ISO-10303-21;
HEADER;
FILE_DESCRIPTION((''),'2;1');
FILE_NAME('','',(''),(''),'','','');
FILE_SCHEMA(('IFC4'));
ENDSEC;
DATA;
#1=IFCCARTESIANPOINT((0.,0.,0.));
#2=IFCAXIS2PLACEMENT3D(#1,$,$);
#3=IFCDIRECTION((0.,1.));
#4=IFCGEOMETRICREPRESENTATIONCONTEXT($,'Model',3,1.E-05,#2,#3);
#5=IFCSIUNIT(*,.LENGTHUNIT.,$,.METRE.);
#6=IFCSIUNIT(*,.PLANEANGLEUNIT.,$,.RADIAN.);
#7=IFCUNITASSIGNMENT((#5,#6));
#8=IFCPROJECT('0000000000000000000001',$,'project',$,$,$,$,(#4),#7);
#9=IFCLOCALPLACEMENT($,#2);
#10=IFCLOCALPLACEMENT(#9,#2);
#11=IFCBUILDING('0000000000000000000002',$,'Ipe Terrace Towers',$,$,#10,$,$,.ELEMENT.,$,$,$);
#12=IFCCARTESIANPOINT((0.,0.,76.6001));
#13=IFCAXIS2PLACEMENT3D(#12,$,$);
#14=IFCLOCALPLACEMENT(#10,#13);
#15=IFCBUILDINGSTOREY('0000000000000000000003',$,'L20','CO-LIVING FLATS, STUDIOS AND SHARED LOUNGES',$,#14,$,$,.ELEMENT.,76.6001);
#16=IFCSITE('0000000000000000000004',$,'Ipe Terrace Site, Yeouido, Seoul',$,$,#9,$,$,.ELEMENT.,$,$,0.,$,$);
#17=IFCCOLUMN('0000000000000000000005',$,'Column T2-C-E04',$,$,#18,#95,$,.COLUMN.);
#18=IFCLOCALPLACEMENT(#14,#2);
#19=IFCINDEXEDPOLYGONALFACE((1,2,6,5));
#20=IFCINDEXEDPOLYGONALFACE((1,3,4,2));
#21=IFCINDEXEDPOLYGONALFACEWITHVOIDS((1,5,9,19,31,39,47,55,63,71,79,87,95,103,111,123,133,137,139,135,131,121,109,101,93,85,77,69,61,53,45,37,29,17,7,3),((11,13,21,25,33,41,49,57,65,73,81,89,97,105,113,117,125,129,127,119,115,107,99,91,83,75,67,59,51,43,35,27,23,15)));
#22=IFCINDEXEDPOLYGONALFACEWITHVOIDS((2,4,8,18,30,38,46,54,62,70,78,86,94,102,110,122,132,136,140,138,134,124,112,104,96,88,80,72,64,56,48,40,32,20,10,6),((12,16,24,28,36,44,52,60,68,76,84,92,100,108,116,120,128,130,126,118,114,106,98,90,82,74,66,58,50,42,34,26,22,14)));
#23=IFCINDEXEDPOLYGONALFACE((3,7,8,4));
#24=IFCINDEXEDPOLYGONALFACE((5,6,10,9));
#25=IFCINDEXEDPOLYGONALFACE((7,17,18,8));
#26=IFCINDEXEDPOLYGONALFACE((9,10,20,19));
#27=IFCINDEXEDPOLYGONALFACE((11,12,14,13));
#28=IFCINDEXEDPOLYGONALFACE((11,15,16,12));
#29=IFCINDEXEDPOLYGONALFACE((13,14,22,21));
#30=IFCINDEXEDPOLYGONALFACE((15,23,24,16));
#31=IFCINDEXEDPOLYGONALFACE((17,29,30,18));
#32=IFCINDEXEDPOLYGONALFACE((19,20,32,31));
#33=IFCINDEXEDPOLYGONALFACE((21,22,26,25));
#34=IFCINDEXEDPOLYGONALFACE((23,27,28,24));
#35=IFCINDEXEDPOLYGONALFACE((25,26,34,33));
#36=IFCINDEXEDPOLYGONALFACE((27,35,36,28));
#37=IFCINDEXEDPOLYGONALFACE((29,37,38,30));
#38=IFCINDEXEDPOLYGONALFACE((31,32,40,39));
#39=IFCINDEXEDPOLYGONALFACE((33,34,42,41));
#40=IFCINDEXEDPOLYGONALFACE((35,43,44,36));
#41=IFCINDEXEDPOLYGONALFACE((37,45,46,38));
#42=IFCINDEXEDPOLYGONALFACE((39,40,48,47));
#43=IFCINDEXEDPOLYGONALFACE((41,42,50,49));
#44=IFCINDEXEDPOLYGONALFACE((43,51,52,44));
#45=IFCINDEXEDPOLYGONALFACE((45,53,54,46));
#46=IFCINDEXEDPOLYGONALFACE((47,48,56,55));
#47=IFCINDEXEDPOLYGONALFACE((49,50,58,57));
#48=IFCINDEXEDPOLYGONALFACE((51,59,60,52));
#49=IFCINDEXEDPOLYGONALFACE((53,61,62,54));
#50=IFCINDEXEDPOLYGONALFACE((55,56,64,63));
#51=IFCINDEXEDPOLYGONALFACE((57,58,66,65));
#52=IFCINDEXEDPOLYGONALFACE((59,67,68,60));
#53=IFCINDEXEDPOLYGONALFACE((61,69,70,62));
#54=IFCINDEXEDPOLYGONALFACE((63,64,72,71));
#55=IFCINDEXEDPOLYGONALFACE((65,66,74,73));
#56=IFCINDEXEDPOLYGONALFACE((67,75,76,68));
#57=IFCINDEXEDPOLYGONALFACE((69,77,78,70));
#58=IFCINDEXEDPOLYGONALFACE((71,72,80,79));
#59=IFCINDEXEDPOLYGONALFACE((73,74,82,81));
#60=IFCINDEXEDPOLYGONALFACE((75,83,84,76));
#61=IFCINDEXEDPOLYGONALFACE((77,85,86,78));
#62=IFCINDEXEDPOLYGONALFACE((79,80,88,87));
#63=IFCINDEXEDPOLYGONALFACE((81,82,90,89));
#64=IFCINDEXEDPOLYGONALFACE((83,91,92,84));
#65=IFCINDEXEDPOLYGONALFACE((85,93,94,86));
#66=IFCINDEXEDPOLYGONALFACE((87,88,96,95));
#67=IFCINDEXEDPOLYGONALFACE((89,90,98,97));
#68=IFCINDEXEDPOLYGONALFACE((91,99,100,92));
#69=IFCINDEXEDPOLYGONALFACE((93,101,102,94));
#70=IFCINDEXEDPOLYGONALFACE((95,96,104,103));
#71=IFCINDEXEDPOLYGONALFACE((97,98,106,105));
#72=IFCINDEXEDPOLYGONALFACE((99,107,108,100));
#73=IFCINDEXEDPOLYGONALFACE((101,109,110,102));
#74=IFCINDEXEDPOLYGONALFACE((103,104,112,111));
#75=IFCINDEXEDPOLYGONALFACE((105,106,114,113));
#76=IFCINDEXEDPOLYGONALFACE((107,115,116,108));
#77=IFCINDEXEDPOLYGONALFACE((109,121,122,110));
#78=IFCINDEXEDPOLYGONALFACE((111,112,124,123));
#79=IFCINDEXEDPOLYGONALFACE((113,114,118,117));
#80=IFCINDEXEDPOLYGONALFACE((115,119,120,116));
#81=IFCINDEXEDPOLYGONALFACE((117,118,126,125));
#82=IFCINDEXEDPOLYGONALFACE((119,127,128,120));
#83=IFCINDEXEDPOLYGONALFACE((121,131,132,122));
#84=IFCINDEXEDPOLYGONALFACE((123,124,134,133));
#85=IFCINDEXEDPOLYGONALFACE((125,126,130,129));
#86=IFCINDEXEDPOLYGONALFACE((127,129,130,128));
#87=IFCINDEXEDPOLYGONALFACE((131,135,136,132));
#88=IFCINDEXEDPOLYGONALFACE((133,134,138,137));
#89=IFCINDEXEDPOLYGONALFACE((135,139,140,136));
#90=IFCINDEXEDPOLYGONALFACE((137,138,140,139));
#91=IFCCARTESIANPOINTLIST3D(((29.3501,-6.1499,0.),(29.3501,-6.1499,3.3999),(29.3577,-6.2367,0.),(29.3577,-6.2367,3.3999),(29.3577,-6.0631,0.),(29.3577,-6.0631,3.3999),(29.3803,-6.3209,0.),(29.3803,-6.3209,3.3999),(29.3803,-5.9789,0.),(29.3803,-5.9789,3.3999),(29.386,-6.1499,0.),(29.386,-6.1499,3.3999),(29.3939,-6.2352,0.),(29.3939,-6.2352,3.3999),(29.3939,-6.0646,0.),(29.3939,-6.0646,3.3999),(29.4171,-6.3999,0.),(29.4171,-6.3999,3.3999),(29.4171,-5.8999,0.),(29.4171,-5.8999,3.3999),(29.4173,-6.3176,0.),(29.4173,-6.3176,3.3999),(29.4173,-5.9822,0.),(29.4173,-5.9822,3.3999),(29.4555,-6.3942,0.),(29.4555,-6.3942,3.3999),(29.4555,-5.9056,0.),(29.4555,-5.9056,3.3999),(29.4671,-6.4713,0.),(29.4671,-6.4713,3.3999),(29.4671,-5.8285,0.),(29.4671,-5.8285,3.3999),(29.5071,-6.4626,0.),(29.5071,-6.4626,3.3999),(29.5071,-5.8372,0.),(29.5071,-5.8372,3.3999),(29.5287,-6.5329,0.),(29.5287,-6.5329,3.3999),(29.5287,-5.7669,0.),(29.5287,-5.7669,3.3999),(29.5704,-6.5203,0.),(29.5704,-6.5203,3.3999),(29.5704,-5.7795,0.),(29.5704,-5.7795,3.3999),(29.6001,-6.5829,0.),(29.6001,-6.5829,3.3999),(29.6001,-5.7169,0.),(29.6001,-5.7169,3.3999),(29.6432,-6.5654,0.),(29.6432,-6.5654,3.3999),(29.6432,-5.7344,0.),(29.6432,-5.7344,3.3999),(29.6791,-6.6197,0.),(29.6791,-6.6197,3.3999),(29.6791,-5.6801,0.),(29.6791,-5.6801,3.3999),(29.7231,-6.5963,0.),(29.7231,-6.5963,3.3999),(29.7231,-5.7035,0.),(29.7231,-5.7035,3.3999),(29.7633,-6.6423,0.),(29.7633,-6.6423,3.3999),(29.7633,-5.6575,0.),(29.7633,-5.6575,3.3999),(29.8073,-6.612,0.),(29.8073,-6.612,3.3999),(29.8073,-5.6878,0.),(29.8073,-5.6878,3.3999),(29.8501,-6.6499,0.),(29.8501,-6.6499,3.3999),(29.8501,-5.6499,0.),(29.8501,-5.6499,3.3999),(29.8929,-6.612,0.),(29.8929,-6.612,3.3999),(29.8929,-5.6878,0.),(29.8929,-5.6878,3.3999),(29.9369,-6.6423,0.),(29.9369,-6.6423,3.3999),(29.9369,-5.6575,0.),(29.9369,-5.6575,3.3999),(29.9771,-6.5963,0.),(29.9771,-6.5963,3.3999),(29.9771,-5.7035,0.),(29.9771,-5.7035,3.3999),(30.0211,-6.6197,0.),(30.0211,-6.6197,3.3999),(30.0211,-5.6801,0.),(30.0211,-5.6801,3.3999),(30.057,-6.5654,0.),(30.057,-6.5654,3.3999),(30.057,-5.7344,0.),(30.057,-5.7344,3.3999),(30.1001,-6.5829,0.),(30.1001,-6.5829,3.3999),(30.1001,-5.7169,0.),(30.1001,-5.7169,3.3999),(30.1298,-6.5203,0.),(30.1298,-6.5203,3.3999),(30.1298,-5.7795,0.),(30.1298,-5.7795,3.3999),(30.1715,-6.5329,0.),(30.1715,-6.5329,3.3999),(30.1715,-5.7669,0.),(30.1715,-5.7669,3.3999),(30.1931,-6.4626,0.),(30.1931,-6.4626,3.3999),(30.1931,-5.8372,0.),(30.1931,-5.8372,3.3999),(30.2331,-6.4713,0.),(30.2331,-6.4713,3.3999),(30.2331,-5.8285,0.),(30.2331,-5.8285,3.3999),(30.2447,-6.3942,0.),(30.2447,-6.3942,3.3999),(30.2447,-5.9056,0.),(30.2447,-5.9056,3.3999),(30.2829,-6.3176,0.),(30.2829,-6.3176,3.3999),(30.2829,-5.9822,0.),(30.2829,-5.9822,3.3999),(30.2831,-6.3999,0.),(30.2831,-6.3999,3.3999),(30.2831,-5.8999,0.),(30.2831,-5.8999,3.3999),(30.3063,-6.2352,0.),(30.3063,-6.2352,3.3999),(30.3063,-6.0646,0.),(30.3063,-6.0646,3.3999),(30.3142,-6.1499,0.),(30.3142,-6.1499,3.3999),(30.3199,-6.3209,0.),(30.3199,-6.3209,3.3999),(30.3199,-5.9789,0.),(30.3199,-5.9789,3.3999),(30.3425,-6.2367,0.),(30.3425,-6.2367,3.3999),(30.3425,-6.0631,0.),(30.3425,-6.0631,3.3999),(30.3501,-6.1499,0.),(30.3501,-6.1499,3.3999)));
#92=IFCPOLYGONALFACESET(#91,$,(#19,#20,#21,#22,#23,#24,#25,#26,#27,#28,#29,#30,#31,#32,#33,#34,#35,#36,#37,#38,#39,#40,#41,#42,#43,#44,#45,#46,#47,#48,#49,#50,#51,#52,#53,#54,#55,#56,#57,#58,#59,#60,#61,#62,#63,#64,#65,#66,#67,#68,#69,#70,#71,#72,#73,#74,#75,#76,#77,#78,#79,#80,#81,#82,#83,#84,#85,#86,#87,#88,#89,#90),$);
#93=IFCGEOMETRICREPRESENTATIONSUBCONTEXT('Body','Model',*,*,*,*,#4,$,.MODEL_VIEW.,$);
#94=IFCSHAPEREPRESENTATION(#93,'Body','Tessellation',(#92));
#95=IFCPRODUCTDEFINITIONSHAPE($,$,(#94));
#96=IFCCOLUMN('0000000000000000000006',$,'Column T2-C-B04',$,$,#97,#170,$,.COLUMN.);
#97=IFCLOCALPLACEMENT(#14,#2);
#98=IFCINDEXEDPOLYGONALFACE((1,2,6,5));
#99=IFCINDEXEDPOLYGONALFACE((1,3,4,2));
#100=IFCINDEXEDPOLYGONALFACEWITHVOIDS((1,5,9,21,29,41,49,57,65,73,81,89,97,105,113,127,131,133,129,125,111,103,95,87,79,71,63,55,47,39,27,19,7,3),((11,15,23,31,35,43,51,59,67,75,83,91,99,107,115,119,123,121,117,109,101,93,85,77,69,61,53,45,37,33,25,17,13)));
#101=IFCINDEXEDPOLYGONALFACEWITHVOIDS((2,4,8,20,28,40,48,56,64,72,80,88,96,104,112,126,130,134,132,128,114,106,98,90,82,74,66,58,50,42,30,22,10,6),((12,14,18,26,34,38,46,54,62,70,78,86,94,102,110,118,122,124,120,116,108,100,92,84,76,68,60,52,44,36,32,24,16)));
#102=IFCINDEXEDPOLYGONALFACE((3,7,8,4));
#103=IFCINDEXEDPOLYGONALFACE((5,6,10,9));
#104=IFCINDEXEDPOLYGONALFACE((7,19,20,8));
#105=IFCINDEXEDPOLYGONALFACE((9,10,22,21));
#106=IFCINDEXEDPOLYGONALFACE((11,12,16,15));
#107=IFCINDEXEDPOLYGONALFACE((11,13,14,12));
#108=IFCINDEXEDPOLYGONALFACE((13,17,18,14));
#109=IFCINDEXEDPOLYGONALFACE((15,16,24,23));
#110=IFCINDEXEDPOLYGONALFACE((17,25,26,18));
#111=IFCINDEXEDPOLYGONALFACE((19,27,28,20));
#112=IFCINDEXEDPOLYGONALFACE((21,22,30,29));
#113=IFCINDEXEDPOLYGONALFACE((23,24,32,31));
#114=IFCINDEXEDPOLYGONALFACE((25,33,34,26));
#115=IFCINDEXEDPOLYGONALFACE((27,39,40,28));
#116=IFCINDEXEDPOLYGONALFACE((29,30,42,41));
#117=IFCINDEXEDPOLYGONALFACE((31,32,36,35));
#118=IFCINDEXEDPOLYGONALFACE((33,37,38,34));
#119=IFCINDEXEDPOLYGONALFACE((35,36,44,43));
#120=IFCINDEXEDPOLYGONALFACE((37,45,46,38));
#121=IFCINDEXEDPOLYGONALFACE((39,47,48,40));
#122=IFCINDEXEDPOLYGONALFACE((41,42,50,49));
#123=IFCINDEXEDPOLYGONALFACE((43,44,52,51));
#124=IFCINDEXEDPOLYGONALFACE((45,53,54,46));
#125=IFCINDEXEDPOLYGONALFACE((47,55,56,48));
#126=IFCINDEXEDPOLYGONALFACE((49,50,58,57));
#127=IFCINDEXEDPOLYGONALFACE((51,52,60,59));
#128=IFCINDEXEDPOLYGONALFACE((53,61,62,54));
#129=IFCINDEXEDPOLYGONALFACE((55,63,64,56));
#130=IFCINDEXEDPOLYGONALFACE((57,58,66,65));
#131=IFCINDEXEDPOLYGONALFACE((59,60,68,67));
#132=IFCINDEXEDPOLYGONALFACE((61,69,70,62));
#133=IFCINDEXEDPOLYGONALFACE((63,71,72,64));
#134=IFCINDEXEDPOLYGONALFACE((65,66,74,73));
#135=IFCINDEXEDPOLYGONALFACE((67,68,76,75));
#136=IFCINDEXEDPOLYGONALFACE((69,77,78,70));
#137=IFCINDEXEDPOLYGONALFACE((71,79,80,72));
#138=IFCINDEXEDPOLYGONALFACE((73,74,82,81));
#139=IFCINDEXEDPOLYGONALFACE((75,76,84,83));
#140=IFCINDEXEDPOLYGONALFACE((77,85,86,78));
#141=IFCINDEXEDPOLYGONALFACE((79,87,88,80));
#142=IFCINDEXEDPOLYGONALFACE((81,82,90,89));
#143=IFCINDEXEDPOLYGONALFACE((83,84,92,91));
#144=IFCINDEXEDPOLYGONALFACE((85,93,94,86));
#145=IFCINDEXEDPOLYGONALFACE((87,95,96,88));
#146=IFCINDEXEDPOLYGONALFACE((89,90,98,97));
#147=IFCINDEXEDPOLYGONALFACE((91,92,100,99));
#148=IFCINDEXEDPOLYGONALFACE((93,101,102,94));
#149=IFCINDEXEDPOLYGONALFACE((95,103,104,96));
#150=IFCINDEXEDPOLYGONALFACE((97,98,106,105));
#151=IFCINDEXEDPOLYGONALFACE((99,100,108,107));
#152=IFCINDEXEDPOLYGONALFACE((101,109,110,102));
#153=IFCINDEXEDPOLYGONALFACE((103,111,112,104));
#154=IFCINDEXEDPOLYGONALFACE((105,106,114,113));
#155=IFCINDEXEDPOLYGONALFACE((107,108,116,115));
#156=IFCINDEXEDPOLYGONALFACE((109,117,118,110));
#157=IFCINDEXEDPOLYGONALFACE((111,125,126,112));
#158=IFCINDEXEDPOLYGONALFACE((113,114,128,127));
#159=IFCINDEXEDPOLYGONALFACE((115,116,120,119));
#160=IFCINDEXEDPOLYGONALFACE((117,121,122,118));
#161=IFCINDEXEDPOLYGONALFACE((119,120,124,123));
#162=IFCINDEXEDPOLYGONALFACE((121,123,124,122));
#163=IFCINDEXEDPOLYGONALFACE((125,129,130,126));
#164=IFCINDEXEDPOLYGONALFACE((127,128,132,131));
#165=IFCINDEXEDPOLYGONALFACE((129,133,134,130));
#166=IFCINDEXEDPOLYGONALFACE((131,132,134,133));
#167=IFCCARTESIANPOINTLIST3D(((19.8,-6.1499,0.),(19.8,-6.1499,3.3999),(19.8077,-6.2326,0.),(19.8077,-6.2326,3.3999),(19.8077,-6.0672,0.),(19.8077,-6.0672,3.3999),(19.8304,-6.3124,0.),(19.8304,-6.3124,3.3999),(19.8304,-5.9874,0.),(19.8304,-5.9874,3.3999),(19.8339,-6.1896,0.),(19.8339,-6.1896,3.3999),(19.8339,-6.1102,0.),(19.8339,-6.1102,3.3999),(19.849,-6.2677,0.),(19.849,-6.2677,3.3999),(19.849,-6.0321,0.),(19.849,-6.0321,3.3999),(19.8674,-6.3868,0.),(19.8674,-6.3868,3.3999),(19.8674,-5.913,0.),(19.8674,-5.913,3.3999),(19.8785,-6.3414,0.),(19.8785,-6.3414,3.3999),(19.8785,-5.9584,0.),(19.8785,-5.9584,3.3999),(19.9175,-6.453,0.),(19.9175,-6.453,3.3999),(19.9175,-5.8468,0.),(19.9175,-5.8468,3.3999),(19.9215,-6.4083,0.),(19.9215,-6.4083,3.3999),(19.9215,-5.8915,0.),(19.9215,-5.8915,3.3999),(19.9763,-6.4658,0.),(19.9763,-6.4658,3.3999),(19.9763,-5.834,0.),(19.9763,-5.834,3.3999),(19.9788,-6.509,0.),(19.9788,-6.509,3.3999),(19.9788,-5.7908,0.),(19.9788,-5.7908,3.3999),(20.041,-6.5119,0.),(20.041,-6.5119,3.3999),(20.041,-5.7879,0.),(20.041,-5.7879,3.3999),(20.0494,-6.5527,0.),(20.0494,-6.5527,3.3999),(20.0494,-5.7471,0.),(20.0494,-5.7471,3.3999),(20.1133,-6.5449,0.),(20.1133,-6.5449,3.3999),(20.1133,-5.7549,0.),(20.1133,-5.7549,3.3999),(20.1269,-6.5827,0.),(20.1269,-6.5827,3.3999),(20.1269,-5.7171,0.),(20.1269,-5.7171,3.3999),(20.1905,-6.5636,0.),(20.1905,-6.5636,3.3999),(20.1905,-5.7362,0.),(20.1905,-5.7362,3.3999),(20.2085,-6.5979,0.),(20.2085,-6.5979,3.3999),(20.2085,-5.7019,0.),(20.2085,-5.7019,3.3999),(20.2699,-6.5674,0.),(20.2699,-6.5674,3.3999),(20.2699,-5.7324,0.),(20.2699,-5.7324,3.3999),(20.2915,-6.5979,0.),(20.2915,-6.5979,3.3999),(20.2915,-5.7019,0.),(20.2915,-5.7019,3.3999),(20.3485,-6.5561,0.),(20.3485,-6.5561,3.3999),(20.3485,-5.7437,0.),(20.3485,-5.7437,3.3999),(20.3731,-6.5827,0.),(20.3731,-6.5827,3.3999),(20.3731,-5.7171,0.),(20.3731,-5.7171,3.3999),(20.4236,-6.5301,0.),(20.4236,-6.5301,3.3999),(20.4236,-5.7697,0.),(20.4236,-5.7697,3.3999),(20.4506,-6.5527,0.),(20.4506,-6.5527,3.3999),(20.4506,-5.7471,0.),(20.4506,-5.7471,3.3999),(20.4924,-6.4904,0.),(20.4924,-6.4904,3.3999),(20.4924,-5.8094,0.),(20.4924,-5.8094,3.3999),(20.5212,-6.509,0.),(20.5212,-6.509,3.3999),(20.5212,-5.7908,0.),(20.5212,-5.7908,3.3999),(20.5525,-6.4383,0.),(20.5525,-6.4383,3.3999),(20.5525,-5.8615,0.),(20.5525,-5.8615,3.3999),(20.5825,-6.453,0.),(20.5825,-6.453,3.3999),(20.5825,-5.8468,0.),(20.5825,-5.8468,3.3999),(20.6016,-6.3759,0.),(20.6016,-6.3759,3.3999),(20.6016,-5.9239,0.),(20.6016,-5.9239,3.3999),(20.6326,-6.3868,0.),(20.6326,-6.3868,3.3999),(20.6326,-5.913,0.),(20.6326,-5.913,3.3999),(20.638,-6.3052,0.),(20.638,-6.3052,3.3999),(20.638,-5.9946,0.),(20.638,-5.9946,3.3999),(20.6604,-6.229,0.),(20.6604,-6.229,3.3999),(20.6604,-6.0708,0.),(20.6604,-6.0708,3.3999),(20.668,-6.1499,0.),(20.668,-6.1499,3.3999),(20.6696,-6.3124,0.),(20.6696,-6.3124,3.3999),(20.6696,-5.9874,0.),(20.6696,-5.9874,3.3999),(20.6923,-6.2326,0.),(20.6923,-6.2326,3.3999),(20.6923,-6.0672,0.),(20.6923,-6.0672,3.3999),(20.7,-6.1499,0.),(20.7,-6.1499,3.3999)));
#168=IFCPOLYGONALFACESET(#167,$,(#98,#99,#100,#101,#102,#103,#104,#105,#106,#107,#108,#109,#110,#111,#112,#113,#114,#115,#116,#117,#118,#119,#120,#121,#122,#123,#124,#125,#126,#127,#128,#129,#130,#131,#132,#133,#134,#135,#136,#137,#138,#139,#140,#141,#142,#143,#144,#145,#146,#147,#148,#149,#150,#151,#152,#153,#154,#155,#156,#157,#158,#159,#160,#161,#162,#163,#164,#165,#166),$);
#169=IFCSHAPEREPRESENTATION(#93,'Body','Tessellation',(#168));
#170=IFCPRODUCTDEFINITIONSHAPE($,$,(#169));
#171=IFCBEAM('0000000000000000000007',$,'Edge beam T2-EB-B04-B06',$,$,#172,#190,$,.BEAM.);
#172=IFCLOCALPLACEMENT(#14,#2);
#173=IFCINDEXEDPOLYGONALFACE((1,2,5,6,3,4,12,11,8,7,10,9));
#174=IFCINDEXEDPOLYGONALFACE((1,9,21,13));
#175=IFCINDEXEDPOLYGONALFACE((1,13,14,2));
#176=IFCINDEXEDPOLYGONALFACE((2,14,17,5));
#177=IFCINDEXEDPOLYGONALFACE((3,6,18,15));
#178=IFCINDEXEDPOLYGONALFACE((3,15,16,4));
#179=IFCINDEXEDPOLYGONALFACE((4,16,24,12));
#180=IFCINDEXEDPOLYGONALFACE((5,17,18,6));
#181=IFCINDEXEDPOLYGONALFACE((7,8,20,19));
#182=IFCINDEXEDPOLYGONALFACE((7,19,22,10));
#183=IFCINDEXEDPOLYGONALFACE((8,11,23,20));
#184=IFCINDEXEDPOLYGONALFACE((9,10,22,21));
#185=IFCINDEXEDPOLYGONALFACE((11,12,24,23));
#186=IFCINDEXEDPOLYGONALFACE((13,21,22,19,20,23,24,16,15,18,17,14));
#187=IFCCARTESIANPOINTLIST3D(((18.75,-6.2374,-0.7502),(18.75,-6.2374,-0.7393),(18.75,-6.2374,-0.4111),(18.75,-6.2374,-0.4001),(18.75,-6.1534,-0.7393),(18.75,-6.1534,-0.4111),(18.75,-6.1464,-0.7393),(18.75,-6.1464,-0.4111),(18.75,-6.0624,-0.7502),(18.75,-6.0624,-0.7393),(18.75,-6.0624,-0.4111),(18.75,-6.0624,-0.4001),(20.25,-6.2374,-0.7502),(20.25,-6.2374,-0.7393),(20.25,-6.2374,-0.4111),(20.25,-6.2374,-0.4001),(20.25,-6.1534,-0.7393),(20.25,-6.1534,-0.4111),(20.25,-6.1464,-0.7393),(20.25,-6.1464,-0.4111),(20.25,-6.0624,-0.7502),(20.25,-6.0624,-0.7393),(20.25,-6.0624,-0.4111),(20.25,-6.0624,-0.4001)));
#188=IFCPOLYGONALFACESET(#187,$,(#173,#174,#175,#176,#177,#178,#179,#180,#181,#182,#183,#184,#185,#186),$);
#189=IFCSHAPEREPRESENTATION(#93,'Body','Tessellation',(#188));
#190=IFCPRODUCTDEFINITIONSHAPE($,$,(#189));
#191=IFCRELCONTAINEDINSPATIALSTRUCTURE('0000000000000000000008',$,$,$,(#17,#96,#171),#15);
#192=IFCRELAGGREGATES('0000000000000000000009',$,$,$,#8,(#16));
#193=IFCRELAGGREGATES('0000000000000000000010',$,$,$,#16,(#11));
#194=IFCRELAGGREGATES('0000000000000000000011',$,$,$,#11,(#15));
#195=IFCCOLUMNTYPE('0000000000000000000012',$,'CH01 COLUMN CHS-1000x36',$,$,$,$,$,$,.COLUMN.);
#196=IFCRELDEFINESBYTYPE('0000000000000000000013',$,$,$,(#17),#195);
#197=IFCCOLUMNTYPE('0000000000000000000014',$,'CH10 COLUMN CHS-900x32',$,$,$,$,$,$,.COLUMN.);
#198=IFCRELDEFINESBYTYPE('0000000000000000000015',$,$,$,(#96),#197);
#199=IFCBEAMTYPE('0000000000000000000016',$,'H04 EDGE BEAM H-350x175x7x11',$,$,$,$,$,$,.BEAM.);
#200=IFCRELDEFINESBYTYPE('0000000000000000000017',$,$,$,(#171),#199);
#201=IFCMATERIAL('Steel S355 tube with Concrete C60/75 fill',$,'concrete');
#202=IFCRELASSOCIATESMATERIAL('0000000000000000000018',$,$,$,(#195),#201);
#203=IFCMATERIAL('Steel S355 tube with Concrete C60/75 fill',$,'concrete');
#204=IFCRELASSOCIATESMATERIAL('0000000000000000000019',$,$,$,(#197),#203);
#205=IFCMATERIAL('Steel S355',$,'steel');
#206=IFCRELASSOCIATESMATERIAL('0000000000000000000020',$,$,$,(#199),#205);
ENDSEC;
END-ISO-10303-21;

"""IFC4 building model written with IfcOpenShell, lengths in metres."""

from ifc_helpers import new_model, si_unit, direction, frame, origin, origin_2d, place, context, subcontext, project, spatial, hollow_circle, i_section, extrude, material, material_profile, profile_set, type_object, element, save


model = new_model("IFC4")

# Units and contexts
model_context = context("Model", 3, precision=1e-05, world=origin(), true_north=direction((0.0, 1.0)))
body_context = subcontext(model_context, "Body", "Model", "MODEL_VIEW")
ifc_project = project(units=[si_unit("LENGTHUNIT", "METRE"), si_unit("PLANEANGLEUNIT", "RADIAN")], contexts=[model_context])

# Site, building, storey
site_placement = place(None, origin())
site = spatial("IfcSite", under=ifc_project, at=site_placement, Name="Ipe Terrace Site, Yeouido, Seoul", CompositionType="ELEMENT", RefElevation=0.0)
building_placement = place(site_placement, origin())
building = spatial("IfcBuilding", under=site, at=building_placement, Name="Ipe Terrace Towers", CompositionType="ELEMENT")
storey_placement = place(building_placement, frame((0.0, 0.0, 76.6001)))
storey = spatial("IfcBuildingStorey", under=building, at=storey_placement, Name="L20", Description="CO-LIVING FLATS, STUDIOS AND SHARED LOUNGES", CompositionType="ELEMENT", Elevation=76.6001)

# Columns
ifc_material_1 = material(Name="Steel S355 tube with Concrete C60/75 fill", Category="concrete")
ifc_material_profile_1 = material_profile(ifc_material_1, hollow_circle(Radius=0.5, WallThickness=0.0359, at=origin_2d()), Name="CHS-1000x36")
ifc_profile_set_1 = profile_set([ifc_material_profile_1], Name="Steel S355 tube with Concrete C60/75 fill")
column_type_1 = type_object("IfcColumnType", Name="CH01 COLUMN CHS-1000x36", PredefinedType="COLUMN", material=ifc_profile_set_1)
column_1_placement = place(storey_placement, frame((29.8501, -6.1499, 0.0), z_axis=(0.0, 0.0, 1.0), x_axis=(1.0, 0.0, 0.0)))
element("IfcColumn", 1, at=column_1_placement, inside=storey, type_object=column_type_1, Name="Column T2-C-E04", PredefinedType="COLUMN", context=body_context, shape_type="SweptSolid", body=[
    extrude(hollow_circle(Radius=0.5, WallThickness=0.0359, at=origin_2d()), origin(), (0.0, 0.0, 1.0), 3.3999),
])
ifc_material_2 = material(Name="Steel S355 tube with Concrete C60/75 fill", Category="concrete")
ifc_material_profile_2 = material_profile(ifc_material_2, hollow_circle(Radius=0.45, WallThickness=0.032, at=origin_2d()), Name="CHS-900x32")
ifc_profile_set_2 = profile_set([ifc_material_profile_2], Name="Steel S355 tube with Concrete C60/75 fill")
column_type_2 = type_object("IfcColumnType", Name="CH10 COLUMN CHS-900x32", PredefinedType="COLUMN", material=ifc_profile_set_2)
column_2_placement = place(storey_placement, frame((20.25, -6.1499, 0.0), z_axis=(0.0, 0.0, 1.0), x_axis=(1.0, 0.0, 0.0)))
element("IfcColumn", 2, at=column_2_placement, inside=storey, type_object=column_type_2, Name="Column T2-C-B04", PredefinedType="COLUMN", context=body_context, shape_type="SweptSolid", body=[
    extrude(hollow_circle(Radius=0.45, WallThickness=0.032, at=origin_2d()), origin(), (0.0, 0.0, 1.0), 3.3999),
])

# Beam
ifc_material_3 = material(Name="Steel S355", Category="steel")
ifc_material_profile_3 = material_profile(ifc_material_3, i_section(OverallWidth=0.175, OverallDepth=0.3501, WebThickness=0.0071, FlangeThickness=0.011, at=origin_2d()), Name="H-350x175x7x11")
ifc_profile_set_3 = profile_set([ifc_material_profile_3], Name="Steel S355")
beam_type = type_object("IfcBeamType", Name="H04 EDGE BEAM H-350x175x7x11", PredefinedType="BEAM", material=ifc_profile_set_3)
beam_placement = place(storey_placement, frame((20.25, -6.1499, -0.5752), z_axis=(-1.0, 0.0, 0.0), x_axis=(0.0, -1.0, 0.0)))
element("IfcBeam", 3, at=beam_placement, inside=storey, type_object=beam_type, Name="Edge beam T2-EB-B04-B06", PredefinedType="BEAM", context=body_context, shape_type="SweptSolid", body=[
    extrude(i_section(OverallWidth=0.175, OverallDepth=0.3501, WebThickness=0.0071, FlangeThickness=0.011, at=origin_2d()), origin(), (0.0, 0.0, 1.0), 1.5),
])

save(model, "model.ifc")
